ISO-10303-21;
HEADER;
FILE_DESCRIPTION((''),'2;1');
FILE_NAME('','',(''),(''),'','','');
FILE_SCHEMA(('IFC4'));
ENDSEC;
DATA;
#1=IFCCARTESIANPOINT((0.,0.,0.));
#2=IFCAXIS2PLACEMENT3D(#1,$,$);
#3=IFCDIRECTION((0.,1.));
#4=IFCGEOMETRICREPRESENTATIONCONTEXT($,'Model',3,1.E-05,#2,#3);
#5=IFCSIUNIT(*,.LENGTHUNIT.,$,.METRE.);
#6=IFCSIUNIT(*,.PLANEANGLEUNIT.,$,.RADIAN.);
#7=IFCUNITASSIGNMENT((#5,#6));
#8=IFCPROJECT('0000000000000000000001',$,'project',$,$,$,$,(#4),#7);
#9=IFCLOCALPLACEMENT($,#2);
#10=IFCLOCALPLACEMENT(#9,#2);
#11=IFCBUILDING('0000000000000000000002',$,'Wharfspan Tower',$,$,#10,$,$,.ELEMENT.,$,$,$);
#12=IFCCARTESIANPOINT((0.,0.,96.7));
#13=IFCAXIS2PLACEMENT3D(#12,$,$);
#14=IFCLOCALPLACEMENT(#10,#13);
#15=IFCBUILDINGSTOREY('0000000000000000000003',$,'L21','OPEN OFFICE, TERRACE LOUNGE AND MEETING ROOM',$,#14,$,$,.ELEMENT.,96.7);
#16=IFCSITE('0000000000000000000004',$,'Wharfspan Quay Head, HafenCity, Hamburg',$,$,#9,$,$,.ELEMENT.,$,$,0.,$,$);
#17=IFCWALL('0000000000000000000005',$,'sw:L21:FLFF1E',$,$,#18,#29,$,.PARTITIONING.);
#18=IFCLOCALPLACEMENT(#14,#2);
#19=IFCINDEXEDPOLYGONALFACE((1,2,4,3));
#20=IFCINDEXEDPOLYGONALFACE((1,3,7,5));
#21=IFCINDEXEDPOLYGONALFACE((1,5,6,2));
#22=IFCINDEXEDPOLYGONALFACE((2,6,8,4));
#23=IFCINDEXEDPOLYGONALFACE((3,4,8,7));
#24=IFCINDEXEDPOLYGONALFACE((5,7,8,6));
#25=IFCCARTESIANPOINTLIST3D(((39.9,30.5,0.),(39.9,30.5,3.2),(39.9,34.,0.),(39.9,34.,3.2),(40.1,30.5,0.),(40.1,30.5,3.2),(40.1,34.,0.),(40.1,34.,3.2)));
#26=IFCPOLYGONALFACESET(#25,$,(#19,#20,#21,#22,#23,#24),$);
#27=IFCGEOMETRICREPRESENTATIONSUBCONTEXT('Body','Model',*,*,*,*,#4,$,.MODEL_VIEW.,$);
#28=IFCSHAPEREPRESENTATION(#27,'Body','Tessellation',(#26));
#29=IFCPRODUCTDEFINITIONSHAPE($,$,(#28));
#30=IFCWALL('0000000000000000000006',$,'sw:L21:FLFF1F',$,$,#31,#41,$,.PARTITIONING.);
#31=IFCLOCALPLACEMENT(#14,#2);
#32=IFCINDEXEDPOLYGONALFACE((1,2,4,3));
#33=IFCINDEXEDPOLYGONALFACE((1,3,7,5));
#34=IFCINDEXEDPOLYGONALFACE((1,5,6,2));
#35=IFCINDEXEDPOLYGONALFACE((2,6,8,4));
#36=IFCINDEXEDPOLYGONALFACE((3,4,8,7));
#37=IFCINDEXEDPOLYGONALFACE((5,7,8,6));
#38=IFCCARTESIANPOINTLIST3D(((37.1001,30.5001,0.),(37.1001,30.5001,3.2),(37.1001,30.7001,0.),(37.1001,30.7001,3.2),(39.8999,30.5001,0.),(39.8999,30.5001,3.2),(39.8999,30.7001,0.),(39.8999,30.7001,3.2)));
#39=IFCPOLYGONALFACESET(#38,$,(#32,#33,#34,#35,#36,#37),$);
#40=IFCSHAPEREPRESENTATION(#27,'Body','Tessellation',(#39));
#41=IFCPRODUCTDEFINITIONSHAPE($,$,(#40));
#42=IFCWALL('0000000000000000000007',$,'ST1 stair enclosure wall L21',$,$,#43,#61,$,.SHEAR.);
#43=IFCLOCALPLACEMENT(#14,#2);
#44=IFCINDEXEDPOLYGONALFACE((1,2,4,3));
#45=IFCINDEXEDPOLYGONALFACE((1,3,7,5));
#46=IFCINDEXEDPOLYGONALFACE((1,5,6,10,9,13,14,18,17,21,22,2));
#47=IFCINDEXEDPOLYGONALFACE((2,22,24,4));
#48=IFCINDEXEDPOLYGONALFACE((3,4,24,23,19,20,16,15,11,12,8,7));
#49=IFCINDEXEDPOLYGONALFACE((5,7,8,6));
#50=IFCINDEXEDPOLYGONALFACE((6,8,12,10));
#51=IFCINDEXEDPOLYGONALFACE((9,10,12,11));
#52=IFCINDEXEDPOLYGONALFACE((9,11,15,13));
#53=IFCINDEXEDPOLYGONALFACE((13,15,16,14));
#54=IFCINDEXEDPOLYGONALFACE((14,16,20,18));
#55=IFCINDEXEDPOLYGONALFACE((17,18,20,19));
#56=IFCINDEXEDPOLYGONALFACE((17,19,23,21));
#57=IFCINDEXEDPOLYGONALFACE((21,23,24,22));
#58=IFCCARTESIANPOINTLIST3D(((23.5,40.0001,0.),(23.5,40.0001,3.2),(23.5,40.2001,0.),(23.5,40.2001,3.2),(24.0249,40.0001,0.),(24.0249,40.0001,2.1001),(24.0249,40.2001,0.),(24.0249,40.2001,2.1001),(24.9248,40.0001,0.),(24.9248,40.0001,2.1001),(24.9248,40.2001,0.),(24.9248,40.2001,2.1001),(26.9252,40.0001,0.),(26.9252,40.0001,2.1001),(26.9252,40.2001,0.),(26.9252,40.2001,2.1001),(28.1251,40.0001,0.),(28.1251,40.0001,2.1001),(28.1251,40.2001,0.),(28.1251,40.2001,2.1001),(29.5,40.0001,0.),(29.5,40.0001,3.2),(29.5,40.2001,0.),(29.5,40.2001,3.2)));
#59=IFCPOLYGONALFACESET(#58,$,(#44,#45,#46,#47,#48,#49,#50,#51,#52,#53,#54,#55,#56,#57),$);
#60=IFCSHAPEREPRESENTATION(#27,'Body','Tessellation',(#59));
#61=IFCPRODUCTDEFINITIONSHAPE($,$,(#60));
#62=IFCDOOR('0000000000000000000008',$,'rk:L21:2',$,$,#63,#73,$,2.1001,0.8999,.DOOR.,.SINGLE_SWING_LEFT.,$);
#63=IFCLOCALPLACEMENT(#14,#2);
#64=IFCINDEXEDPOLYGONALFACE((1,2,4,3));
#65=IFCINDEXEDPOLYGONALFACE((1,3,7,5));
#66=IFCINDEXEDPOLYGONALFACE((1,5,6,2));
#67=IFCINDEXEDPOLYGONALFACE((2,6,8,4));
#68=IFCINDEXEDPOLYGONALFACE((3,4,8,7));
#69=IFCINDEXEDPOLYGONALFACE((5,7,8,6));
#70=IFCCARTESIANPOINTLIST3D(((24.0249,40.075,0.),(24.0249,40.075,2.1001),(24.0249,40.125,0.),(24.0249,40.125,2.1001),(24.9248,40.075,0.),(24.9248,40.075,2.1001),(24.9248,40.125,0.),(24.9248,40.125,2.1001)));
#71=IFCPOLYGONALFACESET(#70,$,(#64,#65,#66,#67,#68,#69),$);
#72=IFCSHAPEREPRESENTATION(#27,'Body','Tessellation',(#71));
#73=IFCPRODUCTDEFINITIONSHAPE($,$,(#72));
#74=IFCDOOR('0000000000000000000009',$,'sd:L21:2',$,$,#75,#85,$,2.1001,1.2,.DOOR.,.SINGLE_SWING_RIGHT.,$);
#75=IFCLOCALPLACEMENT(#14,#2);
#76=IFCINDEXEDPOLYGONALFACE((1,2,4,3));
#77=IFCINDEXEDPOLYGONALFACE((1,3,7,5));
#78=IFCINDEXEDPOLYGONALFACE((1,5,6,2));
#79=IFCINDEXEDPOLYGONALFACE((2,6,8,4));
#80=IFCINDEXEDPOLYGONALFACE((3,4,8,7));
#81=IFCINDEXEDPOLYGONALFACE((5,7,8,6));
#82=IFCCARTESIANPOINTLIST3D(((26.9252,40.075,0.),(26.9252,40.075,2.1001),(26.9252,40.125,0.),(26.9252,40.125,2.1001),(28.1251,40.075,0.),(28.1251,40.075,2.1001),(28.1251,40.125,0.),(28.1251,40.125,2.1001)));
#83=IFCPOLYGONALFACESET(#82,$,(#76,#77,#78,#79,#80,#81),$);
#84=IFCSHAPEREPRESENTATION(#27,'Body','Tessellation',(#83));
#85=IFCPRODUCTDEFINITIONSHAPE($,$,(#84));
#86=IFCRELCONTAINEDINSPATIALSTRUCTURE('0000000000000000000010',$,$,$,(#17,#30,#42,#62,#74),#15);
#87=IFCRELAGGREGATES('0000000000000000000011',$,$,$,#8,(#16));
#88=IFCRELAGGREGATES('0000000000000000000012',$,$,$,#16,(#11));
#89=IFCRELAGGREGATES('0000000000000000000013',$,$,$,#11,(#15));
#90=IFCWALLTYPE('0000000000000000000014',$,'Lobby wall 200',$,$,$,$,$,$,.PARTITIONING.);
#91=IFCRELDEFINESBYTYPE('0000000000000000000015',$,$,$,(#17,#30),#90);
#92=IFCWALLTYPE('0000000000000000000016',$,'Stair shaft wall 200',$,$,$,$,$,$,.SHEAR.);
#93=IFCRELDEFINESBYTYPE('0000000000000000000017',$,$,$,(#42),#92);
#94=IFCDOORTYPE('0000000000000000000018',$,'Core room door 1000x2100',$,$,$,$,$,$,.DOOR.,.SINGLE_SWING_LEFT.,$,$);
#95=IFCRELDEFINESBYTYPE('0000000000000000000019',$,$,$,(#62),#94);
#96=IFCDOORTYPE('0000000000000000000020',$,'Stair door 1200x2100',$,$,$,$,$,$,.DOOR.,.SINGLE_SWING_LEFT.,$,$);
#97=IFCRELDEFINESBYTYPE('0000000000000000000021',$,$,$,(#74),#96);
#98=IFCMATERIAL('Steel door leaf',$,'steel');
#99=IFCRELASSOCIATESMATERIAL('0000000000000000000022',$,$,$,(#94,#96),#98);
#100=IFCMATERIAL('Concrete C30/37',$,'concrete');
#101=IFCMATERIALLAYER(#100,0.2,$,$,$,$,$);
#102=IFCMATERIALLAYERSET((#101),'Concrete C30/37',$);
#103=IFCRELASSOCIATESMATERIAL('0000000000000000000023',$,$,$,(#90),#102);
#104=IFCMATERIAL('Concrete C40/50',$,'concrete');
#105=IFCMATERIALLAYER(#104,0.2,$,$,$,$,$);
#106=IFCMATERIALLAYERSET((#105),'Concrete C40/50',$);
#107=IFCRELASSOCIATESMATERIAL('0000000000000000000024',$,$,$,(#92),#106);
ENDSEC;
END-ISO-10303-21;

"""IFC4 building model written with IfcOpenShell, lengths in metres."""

from ifc_helpers import new_model, si_unit, direction, frame, frame_2d, origin, place, context, subcontext, project, spatial, rectangle, extrude, material, layer, layer_set, type_object, element, fill, save


model = new_model("IFC4")

# Units and contexts
model_context = context("Model", 3, precision=1e-05, world=origin(), true_north=direction((0.0, 1.0)))
body_context = subcontext(model_context, "Body", "Model", "MODEL_VIEW")
ifc_project = project(units=[si_unit("LENGTHUNIT", "METRE"), si_unit("PLANEANGLEUNIT", "RADIAN")], contexts=[model_context])

# Site, building, storey
site_placement = place(None, origin())
site = spatial("IfcSite", under=ifc_project, at=site_placement, Name="Wharfspan Quay Head, HafenCity, Hamburg", CompositionType="ELEMENT", RefElevation=0.0)
building_placement = place(site_placement, origin())
building = spatial("IfcBuilding", under=site, at=building_placement, Name="Wharfspan Tower", CompositionType="ELEMENT")
storey_placement = place(building_placement, frame((0.0, 0.0, 96.7)))
storey = spatial("IfcBuildingStorey", under=building, at=storey_placement, Name="L21", Description="OPEN OFFICE, TERRACE LOUNGE AND MEETING ROOM", CompositionType="ELEMENT", Elevation=96.7)

# Shared definitions
ifc_material_1 = material(Name="Steel door leaf", Category="steel")
door_type_1 = type_object("IfcDoorType", Name="Core room door 1000x2100", OperationType="SINGLE_SWING_LEFT", PredefinedType="DOOR", material=ifc_material_1)

# Shared definitions
ifc_material_2 = material(Name="Concrete C30/37", Category="concrete")
ifc_layer_1 = layer(ifc_material_2, 0.2)
ifc_layer_set_1 = layer_set([ifc_layer_1], Name="Concrete C30/37")
wall_type_1 = type_object("IfcWallType", Name="Lobby wall 200", PredefinedType="PARTITIONING", material=ifc_layer_set_1)

# Walls
wall_1_placement = place(storey_placement, frame((40.0, 30.5, 0.0), z_axis=(0.0, 0.0, 1.0), x_axis=(0.0, 1.0, 0.0)))
element("IfcWall", 1, at=wall_1_placement, inside=storey, type_object=wall_type_1, Name="sw:L21:FLFF1E", PredefinedType="PARTITIONING", context=body_context, shape_type="SweptSolid", body=[
    extrude(rectangle(XDim=3.5, YDim=0.2, at=frame_2d((1.75, 0.0))), origin(), (0.0, 0.0, 1.0), 3.2),
])
wall_2_placement = place(storey_placement, frame((37.1001, 30.6001, 0.0), z_axis=(0.0, 0.0, 1.0), x_axis=(1.0, 0.0, 0.0)))
element("IfcWall", 2, at=wall_2_placement, inside=storey, type_object=wall_type_1, Name="sw:L21:FLFF1F", PredefinedType="PARTITIONING", context=body_context, shape_type="SweptSolid", body=[
    extrude(rectangle(XDim=2.7998, YDim=0.2, at=frame_2d((1.3999, 0.0))), origin(), (0.0, 0.0, 1.0), 3.2),
])

# Wall, openings, doors
ifc_material_3 = material(Name="Concrete C40/50", Category="concrete")
ifc_layer_2 = layer(ifc_material_3, 0.2)
ifc_layer_set_2 = layer_set([ifc_layer_2], Name="Concrete C40/50")
wall_type_2 = type_object("IfcWallType", Name="Stair shaft wall 200", PredefinedType="SHEAR", material=ifc_layer_set_2)
wall_3_placement = place(storey_placement, frame((23.5, 40.1001, 0.0), z_axis=(0.0, 0.0, 1.0), x_axis=(1.0, 0.0, 0.0)))
wall_3 = element("IfcWall", 3, at=wall_3_placement, inside=storey, type_object=wall_type_2, Name="ST1 stair enclosure wall L21", PredefinedType="SHEAR", context=body_context, shape_type="SweptSolid", body=[
    extrude(rectangle(XDim=6.0, YDim=0.2, at=frame_2d((3.0, 0.0))), origin(), (0.0, 0.0, 1.0), 3.2),
])
opening_1_placement = place(wall_3_placement, frame((3.425, 0.0, 0.0)))
opening_1 = element("IfcOpeningElement", 4, at=opening_1_placement, cuts=wall_3, PredefinedType="OPENING", context=body_context, shape_type="SweptSolid", body=[
    extrude(rectangle(XDim=1.2, YDim=2.1001, at=frame_2d((0.6001, 1.05))), frame((0.0, 0.1099, 0.0), z_axis=(0.0, -1.0, 0.0), x_axis=(1.0, 0.0, 0.0)), (0.0, 0.0, 1.0), 0.22),
])
opening_2_placement = place(wall_3_placement, frame((0.5249, 0.0, 0.0)))
opening_2 = element("IfcOpeningElement", 5, at=opening_2_placement, cuts=wall_3, PredefinedType="OPENING", context=body_context, shape_type="SweptSolid", body=[
    extrude(rectangle(XDim=0.8999, YDim=2.1001, at=frame_2d((0.45, 1.05))), frame((0.0, 0.1099, 0.0), z_axis=(0.0, -1.0, 0.0), x_axis=(1.0, 0.0, 0.0)), (0.0, 0.0, 1.0), 0.22),
])
door_1_placement = place(opening_2_placement, origin())
door_1 = element("IfcDoor", 6, at=door_1_placement, inside=storey, type_object=door_type_1, Name="rk:L21:2", OperationType="SINGLE_SWING_LEFT", OverallHeight=2.1001, OverallWidth=0.8999, PredefinedType="DOOR", context=body_context, shape_type="SweptSolid", body=[
    extrude(rectangle(XDim=0.8999, YDim=2.1001, at=frame_2d((0.45, 1.05))), frame((0.0, 0.0249, 0.0), z_axis=(0.0, -1.0, 0.0), x_axis=(1.0, 0.0, 0.0)), (0.0, 0.0, 1.0), 0.05),
])
fill(opening_2, door_1)
door_type_2 = type_object("IfcDoorType", Name="Stair door 1200x2100", OperationType="SINGLE_SWING_LEFT", PredefinedType="DOOR", material=ifc_material_1)
door_2_placement = place(opening_1_placement, origin())
door_2 = element("IfcDoor", 7, at=door_2_placement, inside=storey, type_object=door_type_2, Name="sd:L21:2", OperationType="SINGLE_SWING_RIGHT", OverallHeight=2.1001, OverallWidth=1.2, PredefinedType="DOOR", context=body_context, shape_type="SweptSolid", body=[
    extrude(rectangle(XDim=1.2, YDim=2.1001, at=frame_2d((0.6001, 1.05))), frame((0.0, 0.0249, 0.0), z_axis=(0.0, -1.0, 0.0), x_axis=(1.0, 0.0, 0.0)), (0.0, 0.0, 1.0), 0.05),
])
fill(opening_1, door_2)

save(model, "model.ifc")
